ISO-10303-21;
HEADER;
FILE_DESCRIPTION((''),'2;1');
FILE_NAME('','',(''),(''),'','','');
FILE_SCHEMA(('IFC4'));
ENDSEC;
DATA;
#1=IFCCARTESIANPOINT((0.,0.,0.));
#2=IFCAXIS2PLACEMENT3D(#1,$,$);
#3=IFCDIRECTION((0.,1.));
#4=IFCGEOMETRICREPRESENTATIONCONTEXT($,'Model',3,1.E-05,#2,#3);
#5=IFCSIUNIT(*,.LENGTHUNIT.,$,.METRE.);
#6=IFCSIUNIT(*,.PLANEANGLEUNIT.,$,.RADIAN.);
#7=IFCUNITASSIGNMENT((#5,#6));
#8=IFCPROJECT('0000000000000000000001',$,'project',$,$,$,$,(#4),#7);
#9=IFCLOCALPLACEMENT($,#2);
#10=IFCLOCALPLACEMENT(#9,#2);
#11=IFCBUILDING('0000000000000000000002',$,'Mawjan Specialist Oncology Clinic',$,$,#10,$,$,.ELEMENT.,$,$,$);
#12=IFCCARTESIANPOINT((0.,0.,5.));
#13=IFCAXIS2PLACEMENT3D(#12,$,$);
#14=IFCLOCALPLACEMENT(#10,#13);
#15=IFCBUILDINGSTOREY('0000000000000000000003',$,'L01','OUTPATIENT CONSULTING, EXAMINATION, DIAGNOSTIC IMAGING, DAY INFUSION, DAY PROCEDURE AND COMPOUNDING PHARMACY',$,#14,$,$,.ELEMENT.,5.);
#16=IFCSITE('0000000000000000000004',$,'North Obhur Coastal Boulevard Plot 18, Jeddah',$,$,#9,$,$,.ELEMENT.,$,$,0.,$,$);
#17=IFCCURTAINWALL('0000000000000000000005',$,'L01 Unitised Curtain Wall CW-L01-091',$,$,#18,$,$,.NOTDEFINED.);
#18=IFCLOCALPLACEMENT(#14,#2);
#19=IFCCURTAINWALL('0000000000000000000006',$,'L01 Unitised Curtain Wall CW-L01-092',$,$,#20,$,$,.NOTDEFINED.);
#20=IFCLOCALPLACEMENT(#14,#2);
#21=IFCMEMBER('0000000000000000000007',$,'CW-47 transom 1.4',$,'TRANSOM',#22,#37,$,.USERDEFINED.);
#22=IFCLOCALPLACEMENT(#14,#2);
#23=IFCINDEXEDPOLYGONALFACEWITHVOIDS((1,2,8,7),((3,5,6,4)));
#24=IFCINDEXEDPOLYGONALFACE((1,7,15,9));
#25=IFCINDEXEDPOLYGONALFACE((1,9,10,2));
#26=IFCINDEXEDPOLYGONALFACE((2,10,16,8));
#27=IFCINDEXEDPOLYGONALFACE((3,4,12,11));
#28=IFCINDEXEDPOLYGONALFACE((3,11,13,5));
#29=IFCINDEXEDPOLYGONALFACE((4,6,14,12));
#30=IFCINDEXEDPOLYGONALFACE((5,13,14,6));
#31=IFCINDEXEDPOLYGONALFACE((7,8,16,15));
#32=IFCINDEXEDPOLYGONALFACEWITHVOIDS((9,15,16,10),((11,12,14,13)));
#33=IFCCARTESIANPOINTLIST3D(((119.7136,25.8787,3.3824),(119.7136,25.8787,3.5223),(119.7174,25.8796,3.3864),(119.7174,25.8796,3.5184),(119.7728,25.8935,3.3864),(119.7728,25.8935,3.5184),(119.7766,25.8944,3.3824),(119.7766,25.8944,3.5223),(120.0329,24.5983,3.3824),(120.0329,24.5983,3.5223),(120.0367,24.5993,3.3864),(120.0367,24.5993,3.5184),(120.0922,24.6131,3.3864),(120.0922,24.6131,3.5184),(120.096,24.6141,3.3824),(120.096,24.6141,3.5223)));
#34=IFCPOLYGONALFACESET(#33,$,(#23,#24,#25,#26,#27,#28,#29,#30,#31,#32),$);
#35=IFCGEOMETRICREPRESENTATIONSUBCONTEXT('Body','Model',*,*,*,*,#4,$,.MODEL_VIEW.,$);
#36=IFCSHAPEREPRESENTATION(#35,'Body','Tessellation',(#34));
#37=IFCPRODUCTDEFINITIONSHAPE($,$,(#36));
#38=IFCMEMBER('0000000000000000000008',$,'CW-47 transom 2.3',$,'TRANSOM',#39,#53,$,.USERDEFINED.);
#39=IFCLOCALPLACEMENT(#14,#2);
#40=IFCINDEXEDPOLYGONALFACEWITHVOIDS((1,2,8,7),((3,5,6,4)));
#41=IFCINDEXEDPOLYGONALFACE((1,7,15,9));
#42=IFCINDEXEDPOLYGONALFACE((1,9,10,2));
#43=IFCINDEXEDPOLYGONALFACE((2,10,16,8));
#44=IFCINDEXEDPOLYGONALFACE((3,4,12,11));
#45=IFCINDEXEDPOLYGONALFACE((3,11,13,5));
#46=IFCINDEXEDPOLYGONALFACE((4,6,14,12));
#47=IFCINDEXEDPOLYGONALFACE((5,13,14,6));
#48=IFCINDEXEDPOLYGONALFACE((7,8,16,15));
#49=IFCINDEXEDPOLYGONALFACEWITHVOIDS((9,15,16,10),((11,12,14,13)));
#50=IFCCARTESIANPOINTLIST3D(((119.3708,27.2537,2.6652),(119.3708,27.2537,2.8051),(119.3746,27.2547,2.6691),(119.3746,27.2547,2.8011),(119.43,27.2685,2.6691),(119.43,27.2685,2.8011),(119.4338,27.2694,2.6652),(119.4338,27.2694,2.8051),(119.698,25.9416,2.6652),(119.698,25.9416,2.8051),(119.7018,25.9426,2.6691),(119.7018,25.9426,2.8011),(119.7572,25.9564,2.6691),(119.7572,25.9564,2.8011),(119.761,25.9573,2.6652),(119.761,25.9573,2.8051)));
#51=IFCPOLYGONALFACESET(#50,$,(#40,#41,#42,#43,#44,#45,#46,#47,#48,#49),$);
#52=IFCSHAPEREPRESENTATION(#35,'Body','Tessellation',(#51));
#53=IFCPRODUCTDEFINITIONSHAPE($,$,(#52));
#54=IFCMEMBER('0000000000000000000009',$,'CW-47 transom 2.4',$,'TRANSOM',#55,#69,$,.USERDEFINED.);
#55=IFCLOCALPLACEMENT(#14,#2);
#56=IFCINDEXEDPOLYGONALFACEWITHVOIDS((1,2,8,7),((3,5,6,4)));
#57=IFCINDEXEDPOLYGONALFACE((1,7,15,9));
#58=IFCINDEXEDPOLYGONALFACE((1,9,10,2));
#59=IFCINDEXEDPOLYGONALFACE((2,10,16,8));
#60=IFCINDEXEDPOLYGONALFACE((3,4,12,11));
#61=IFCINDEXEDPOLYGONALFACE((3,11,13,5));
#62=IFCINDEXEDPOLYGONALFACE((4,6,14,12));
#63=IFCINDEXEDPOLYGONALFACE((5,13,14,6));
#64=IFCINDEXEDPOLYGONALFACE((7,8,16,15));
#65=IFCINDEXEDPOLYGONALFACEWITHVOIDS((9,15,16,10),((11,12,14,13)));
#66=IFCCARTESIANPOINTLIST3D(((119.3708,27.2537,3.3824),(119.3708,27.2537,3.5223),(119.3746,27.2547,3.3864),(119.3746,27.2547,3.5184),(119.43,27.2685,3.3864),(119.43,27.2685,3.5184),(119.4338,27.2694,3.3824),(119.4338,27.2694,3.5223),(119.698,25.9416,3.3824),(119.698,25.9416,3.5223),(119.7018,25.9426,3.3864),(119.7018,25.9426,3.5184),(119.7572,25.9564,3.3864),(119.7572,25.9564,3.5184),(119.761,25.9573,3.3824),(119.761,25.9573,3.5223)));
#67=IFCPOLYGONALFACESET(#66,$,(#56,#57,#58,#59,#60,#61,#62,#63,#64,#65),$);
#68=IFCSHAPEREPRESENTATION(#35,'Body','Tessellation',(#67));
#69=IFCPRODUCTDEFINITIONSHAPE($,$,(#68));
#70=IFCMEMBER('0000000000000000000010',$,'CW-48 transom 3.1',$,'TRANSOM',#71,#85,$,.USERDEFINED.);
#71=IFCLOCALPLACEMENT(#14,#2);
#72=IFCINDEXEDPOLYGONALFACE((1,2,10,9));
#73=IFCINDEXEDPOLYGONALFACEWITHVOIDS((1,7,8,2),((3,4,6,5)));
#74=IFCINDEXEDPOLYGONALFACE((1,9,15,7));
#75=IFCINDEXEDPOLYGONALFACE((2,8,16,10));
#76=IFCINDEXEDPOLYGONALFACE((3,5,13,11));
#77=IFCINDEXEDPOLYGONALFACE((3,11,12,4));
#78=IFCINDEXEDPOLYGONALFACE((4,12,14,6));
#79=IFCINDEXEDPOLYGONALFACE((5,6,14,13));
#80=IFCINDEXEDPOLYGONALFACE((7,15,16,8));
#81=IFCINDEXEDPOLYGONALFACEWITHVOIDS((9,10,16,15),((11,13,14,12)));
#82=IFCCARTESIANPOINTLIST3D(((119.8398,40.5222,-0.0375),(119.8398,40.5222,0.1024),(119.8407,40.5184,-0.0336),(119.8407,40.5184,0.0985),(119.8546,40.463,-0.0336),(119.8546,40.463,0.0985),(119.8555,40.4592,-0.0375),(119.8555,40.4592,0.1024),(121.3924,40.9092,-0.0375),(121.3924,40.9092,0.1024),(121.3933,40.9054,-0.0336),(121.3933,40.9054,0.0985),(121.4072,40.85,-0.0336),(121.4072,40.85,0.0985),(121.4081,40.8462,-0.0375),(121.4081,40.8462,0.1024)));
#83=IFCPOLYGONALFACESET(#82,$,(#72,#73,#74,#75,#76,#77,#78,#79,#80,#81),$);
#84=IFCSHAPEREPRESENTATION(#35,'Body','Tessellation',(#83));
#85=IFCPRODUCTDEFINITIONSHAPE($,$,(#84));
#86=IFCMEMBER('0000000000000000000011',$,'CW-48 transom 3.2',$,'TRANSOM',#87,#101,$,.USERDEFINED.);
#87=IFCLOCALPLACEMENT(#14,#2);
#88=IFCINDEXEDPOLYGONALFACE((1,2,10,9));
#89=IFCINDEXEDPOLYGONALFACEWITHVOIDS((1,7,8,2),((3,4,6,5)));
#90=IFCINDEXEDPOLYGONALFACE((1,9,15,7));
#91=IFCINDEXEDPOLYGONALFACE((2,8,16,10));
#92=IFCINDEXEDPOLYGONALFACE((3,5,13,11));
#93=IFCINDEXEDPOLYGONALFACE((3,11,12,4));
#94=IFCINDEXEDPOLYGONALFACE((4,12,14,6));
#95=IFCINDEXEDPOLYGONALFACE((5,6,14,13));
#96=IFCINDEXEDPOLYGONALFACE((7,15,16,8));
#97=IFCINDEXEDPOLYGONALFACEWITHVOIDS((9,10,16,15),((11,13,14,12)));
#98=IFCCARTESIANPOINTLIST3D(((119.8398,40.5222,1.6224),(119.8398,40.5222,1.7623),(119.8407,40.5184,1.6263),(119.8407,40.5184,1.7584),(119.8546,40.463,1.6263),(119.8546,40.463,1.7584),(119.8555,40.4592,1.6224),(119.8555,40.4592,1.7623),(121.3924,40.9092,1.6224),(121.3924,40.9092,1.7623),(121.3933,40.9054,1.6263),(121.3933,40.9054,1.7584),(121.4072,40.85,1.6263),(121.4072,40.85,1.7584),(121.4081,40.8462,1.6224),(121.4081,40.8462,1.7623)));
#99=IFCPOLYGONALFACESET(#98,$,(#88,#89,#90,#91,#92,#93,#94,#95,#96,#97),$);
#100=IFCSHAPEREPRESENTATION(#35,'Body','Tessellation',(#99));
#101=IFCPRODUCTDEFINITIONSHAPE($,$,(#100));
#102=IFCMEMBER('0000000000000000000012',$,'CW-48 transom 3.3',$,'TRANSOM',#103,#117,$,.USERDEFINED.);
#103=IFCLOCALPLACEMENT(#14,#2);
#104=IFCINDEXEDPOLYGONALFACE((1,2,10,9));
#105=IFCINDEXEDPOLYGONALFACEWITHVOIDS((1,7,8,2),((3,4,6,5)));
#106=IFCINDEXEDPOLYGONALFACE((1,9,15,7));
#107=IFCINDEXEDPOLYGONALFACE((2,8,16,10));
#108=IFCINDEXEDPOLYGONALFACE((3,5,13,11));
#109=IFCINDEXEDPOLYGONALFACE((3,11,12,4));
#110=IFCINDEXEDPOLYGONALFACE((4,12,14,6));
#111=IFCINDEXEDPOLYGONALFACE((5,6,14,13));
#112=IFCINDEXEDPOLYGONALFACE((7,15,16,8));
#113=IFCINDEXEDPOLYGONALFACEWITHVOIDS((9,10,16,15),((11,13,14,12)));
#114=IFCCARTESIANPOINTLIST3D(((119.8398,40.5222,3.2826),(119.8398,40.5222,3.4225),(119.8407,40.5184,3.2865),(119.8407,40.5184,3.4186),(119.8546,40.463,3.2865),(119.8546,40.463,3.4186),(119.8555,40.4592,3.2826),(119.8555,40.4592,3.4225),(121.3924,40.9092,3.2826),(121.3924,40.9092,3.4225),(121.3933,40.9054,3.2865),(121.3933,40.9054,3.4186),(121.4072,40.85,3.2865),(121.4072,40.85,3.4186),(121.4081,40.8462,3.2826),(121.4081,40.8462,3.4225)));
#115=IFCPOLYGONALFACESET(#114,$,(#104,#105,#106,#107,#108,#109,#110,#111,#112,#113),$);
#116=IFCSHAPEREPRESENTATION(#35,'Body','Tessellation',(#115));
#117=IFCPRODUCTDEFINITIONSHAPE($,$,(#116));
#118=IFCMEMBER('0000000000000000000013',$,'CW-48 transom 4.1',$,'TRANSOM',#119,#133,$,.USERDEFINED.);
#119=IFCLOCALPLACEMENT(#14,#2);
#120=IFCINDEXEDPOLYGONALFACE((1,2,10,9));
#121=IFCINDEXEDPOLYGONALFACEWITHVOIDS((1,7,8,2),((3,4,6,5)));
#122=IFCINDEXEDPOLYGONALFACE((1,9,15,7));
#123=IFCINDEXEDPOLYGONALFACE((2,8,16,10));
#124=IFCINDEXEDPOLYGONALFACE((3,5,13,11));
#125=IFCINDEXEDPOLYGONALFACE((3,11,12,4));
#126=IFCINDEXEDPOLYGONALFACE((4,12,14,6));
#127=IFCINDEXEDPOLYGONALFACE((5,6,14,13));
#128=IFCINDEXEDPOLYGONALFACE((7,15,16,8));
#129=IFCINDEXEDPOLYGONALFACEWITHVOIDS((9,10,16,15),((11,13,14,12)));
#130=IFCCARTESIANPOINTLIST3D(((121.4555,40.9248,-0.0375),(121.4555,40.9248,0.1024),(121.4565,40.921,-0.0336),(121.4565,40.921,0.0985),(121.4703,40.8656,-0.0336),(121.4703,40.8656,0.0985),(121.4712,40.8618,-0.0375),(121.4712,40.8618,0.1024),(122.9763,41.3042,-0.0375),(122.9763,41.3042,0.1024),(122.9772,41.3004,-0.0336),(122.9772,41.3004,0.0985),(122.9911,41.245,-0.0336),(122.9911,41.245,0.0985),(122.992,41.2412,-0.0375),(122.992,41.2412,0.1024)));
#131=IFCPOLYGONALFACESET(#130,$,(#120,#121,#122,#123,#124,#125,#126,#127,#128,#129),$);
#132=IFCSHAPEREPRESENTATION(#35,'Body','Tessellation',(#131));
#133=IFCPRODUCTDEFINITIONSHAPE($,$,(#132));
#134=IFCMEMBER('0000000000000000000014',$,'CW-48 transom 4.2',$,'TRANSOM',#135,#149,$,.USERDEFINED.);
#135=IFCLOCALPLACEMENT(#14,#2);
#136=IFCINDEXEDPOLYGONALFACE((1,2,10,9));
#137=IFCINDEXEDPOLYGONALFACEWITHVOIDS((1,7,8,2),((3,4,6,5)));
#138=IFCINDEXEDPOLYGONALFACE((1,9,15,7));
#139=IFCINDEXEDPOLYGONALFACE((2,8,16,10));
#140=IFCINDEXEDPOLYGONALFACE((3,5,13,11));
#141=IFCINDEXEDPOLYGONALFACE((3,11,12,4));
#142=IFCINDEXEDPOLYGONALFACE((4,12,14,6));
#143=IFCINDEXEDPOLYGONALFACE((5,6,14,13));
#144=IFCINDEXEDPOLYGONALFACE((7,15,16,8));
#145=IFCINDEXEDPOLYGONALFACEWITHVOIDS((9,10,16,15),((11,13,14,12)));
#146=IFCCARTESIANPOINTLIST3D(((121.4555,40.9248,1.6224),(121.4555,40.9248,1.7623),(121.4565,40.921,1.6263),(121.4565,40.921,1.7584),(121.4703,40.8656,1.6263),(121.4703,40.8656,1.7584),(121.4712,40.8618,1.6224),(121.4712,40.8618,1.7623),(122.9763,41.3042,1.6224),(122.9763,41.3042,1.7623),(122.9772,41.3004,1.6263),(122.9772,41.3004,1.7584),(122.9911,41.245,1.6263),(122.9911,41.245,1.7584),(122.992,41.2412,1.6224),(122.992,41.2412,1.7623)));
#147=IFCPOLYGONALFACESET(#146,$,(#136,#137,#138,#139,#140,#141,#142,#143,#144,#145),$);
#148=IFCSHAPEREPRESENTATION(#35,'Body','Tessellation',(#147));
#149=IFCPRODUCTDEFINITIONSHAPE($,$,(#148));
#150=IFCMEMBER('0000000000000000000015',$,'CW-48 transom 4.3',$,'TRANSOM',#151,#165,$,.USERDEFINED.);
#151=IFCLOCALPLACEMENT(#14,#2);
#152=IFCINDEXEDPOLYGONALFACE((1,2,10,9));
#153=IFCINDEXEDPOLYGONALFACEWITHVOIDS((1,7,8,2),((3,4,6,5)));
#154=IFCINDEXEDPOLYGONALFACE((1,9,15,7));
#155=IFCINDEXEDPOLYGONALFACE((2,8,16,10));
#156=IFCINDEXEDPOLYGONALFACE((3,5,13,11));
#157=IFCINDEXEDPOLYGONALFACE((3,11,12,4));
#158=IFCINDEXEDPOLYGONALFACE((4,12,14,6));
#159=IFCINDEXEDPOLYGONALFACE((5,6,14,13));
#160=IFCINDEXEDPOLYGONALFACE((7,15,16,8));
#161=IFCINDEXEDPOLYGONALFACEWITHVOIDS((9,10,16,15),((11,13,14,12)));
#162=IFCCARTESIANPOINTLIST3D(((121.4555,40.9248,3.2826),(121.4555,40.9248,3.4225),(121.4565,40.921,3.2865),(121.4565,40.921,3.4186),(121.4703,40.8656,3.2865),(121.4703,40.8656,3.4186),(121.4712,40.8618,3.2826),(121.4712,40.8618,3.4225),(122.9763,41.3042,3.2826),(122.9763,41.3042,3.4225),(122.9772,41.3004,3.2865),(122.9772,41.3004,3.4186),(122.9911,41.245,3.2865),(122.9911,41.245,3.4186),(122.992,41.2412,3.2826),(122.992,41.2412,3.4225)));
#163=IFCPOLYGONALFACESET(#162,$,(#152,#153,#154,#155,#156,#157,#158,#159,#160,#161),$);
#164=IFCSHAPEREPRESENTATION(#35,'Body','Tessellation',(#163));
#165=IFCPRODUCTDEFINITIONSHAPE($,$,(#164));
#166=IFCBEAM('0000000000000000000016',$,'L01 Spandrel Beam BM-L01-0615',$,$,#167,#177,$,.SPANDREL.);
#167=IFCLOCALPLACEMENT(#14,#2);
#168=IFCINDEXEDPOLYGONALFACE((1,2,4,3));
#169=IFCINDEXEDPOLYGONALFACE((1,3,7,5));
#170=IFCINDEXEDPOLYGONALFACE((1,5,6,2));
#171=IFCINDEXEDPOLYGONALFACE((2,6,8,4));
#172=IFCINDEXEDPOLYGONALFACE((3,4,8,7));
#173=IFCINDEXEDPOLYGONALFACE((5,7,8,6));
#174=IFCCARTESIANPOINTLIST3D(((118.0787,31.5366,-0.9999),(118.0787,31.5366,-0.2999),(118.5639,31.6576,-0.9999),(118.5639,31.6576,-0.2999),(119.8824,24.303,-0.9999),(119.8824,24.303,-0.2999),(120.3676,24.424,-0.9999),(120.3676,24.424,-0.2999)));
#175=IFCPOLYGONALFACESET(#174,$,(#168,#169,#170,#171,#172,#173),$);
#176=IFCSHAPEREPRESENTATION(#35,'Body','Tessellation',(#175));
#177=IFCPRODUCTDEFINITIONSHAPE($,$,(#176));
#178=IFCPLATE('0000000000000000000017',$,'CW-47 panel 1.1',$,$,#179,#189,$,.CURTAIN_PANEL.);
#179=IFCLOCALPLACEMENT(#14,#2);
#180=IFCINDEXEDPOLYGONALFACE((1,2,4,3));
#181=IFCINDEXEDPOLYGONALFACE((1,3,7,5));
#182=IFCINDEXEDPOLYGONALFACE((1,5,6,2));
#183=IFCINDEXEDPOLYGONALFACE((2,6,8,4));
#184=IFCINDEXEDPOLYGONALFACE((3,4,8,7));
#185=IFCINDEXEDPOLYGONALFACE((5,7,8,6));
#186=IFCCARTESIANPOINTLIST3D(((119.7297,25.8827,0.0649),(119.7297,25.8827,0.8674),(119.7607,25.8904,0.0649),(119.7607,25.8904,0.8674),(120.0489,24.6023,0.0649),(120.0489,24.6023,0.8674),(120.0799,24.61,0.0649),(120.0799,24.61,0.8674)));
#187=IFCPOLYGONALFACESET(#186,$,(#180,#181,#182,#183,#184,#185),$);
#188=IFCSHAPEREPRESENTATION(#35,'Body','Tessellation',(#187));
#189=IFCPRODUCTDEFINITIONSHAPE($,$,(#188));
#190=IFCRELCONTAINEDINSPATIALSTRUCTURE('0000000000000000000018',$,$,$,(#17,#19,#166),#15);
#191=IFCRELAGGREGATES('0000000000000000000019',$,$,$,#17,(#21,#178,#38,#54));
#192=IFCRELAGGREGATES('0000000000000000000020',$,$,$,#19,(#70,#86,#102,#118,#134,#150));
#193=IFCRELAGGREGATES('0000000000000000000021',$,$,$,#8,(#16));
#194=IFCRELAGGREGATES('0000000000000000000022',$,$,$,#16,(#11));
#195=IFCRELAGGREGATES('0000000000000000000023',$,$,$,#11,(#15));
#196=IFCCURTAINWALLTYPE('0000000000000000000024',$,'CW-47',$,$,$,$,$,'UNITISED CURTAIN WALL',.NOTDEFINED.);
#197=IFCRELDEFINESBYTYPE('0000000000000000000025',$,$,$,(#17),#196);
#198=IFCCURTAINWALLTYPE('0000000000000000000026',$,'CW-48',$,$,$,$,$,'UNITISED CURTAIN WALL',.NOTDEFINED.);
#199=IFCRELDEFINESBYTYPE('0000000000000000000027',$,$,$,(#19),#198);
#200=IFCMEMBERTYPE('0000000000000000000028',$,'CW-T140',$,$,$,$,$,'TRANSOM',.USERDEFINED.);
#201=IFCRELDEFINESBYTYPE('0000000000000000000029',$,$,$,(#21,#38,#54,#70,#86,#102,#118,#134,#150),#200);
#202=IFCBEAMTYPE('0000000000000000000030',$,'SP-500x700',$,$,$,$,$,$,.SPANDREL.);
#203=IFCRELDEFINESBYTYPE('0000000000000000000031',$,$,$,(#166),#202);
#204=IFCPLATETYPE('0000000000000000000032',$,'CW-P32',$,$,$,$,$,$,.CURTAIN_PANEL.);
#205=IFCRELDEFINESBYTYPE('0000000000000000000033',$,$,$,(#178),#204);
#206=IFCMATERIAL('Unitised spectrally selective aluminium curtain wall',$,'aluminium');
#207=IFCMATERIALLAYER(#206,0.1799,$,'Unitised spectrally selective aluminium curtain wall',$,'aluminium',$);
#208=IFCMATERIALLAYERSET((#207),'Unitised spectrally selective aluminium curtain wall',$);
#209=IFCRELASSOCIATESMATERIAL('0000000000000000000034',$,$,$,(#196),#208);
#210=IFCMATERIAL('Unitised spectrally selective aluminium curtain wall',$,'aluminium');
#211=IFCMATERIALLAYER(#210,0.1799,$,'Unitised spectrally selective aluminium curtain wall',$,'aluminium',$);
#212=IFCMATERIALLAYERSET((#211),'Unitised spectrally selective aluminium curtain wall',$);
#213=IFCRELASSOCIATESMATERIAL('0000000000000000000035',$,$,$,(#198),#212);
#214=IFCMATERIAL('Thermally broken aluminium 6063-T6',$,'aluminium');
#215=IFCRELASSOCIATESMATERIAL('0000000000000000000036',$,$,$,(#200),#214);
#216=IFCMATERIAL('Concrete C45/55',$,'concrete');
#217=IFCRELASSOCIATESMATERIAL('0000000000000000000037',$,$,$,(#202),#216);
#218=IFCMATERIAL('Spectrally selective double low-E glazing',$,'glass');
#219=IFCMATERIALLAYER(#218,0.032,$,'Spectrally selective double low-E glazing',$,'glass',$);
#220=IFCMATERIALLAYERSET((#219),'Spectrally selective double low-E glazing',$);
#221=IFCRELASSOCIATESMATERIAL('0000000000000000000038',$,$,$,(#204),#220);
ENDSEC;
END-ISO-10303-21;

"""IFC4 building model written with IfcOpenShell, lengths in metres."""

from ifc_helpers import new_model, si_unit, direction, frame, origin, origin_2d, place, context, subcontext, project, spatial, rectangle, hollow_rectangle, extrude, material, layer, layer_set, material_profile, profile_set, type_object, element, aggregate, save


model = new_model("IFC4")

# Units and contexts
model_context = context("Model", 3, precision=1e-05, world=origin(), true_north=direction((0.0, 1.0)))
body_context = subcontext(model_context, "Body", "Model", "MODEL_VIEW")
ifc_project = project(units=[si_unit("LENGTHUNIT", "METRE"), si_unit("PLANEANGLEUNIT", "RADIAN")], contexts=[model_context])

# Site, building, storey
site_placement = place(None, origin())
site = spatial("IfcSite", under=ifc_project, at=site_placement, Name="North Obhur Coastal Boulevard Plot 18, Jeddah", CompositionType="ELEMENT", RefElevation=0.0)
building_placement = place(site_placement, origin())
building = spatial("IfcBuilding", under=site, at=building_placement, Name="Mawjan Specialist Oncology Clinic", CompositionType="ELEMENT")
storey_placement = place(building_placement, frame((0.0, 0.0, 5.0)))
storey = spatial("IfcBuildingStorey", under=building, at=storey_placement, Name="L01", Description="OUTPATIENT CONSULTING, EXAMINATION, DIAGNOSTIC IMAGING, DAY INFUSION, DAY PROCEDURE AND COMPOUNDING PHARMACY", CompositionType="ELEMENT", Elevation=5.0)

# Curtain walls
ifc_material_1 = material(Name="Unitised spectrally selective aluminium curtain wall", Category="aluminium")
ifc_layer_1 = layer(ifc_material_1, 0.1799, Name="Unitised spectrally selective aluminium curtain wall", Category="aluminium")
ifc_layer_set_1 = layer_set([ifc_layer_1], Name="Unitised spectrally selective aluminium curtain wall")
curtain_wall_type_1 = type_object("IfcCurtainWallType", Name="CW-47", ElementType="UNITISED CURTAIN WALL", PredefinedType="NOTDEFINED", material=ifc_layer_set_1)
curtain_wall_1_placement = place(storey_placement, origin())
curtain_wall_1 = element("IfcCurtainWall", 1, at=curtain_wall_1_placement, inside=storey, type_object=curtain_wall_type_1, Name="L01 Unitised Curtain Wall CW-L01-091", PredefinedType="NOTDEFINED")
ifc_material_2 = material(Name="Unitised spectrally selective aluminium curtain wall", Category="aluminium")
ifc_layer_2 = layer(ifc_material_2, 0.1799, Name="Unitised spectrally selective aluminium curtain wall", Category="aluminium")
ifc_layer_set_2 = layer_set([ifc_layer_2], Name="Unitised spectrally selective aluminium curtain wall")
curtain_wall_type_2 = type_object("IfcCurtainWallType", Name="CW-48", ElementType="UNITISED CURTAIN WALL", PredefinedType="NOTDEFINED", material=ifc_layer_set_2)
curtain_wall_2_placement = place(storey_placement, origin())
curtain_wall_2 = element("IfcCurtainWall", 2, at=curtain_wall_2_placement, inside=storey, type_object=curtain_wall_type_2, Name="L01 Unitised Curtain Wall CW-L01-092", PredefinedType="NOTDEFINED")

# Members
ifc_material_3 = material(Name="Thermally broken aluminium 6063-T6", Category="aluminium")
ifc_material_profile_1 = material_profile(ifc_material_3, hollow_rectangle(XDim=0.0649, YDim=0.1399, WallThickness=0.0039, at=origin_2d()), Name="ALU TRANSOM 140x65x4", Category="aluminium")
ifc_profile_set_1 = profile_set([ifc_material_profile_1], Name="Thermally broken aluminium 6063-T6")
member_type_1 = type_object("IfcMemberType", Name="CW-T140", ElementType="TRANSOM", PredefinedType="USERDEFINED", material=ifc_profile_set_1)
member_1_placement = place(storey_placement, frame((120.0645, 24.6062, 3.4524), z_axis=(-0.242013, 0.970273, 0.0), x_axis=(-0.970273, -0.242013, 0.0)))
member_1 = element("IfcMember", 3, at=member_1_placement, type_object=member_type_1, Name="CW-47 transom 1.4", ObjectType="TRANSOM", PredefinedType="USERDEFINED", context=body_context, shape_type="SweptSolid", body=[
    extrude(hollow_rectangle(XDim=0.0649, YDim=0.1399, WallThickness=0.0039, at=origin_2d()), origin(), (0.0, 0.0, 1.0), 1.3196),
])
member_2_placement = place(storey_placement, frame((119.7295, 25.9495, 2.7351), z_axis=(-0.241941, 0.970291, 0.0), x_axis=(-0.970291, -0.241941, 0.0)))
member_2 = element("IfcMember", 4, at=member_2_placement, type_object=member_type_1, Name="CW-47 transom 2.3", ObjectType="TRANSOM", PredefinedType="USERDEFINED", context=body_context, shape_type="SweptSolid", body=[
    extrude(hollow_rectangle(XDim=0.0649, YDim=0.1399, WallThickness=0.0039, at=origin_2d()), origin(), (0.0, 0.0, 1.0), 1.3523),
])
member_3_placement = place(storey_placement, frame((119.7295, 25.9495, 3.4524), z_axis=(-0.241941, 0.970291, 0.0), x_axis=(-0.970291, -0.241941, 0.0)))
member_3 = element("IfcMember", 5, at=member_3_placement, type_object=member_type_1, Name="CW-47 transom 2.4", ObjectType="TRANSOM", PredefinedType="USERDEFINED", context=body_context, shape_type="SweptSolid", body=[
    extrude(hollow_rectangle(XDim=0.0649, YDim=0.1399, WallThickness=0.0039, at=origin_2d()), origin(), (0.0, 0.0, 1.0), 1.3523),
])
member_4_placement = place(storey_placement, frame((119.8477, 40.4907, 0.0325), z_axis=(0.970313, 0.241853, 0.0), x_axis=(-0.241853, 0.970313, 0.0)))
member_4 = element("IfcMember", 6, at=member_4_placement, type_object=member_type_1, Name="CW-48 transom 3.1", ObjectType="TRANSOM", PredefinedType="USERDEFINED", context=body_context, shape_type="SweptSolid", body=[
    extrude(hollow_rectangle(XDim=0.0649, YDim=0.1399, WallThickness=0.0039, at=origin_2d()), origin(), (0.0, 0.0, 1.0), 1.6001),
])
member_5_placement = place(storey_placement, frame((119.8477, 40.4907, 1.6924), z_axis=(0.970313, 0.241853, 0.0), x_axis=(-0.241853, 0.970313, 0.0)))
member_5 = element("IfcMember", 7, at=member_5_placement, type_object=member_type_1, Name="CW-48 transom 3.2", ObjectType="TRANSOM", PredefinedType="USERDEFINED", context=body_context, shape_type="SweptSolid", body=[
    extrude(hollow_rectangle(XDim=0.0649, YDim=0.1399, WallThickness=0.0039, at=origin_2d()), origin(), (0.0, 0.0, 1.0), 1.6001),
])
member_6_placement = place(storey_placement, frame((119.8477, 40.4907, 3.3525), z_axis=(0.970313, 0.241853, 0.0), x_axis=(-0.241853, 0.970313, 0.0)))
member_6 = element("IfcMember", 8, at=member_6_placement, type_object=member_type_1, Name="CW-48 transom 3.3", ObjectType="TRANSOM", PredefinedType="USERDEFINED", context=body_context, shape_type="SweptSolid", body=[
    extrude(hollow_rectangle(XDim=0.0649, YDim=0.1399, WallThickness=0.0039, at=origin_2d()), origin(), (0.0, 0.0, 1.0), 1.6001),
])
member_7_placement = place(storey_placement, frame((121.4634, 40.8933, 0.0325), z_axis=(0.970261, 0.242059, 0.0), x_axis=(-0.242059, 0.970261, 0.0)))
member_7 = element("IfcMember", 9, at=member_7_placement, type_object=member_type_1, Name="CW-48 transom 4.1", ObjectType="TRANSOM", PredefinedType="USERDEFINED", context=body_context, shape_type="SweptSolid", body=[
    extrude(hollow_rectangle(XDim=0.0649, YDim=0.1399, WallThickness=0.0039, at=origin_2d()), origin(), (0.0, 0.0, 1.0), 1.5674),
])
member_8_placement = place(storey_placement, frame((121.4634, 40.8933, 1.6924), z_axis=(0.970261, 0.242059, 0.0), x_axis=(-0.242059, 0.970261, 0.0)))
member_8 = element("IfcMember", 10, at=member_8_placement, type_object=member_type_1, Name="CW-48 transom 4.2", ObjectType="TRANSOM", PredefinedType="USERDEFINED", context=body_context, shape_type="SweptSolid", body=[
    extrude(hollow_rectangle(XDim=0.0649, YDim=0.1399, WallThickness=0.0039, at=origin_2d()), origin(), (0.0, 0.0, 1.0), 1.5674),
])
member_9_placement = place(storey_placement, frame((121.4634, 40.8933, 3.3525), z_axis=(0.970261, 0.242059, 0.0), x_axis=(-0.242059, 0.970261, 0.0)))
member_9 = element("IfcMember", 11, at=member_9_placement, type_object=member_type_1, Name="CW-48 transom 4.3", ObjectType="TRANSOM", PredefinedType="USERDEFINED", context=body_context, shape_type="SweptSolid", body=[
    extrude(hollow_rectangle(XDim=0.0649, YDim=0.1399, WallThickness=0.0039, at=origin_2d()), origin(), (0.0, 0.0, 1.0), 1.5674),
])

# Beam
ifc_material_4 = material(Name="Concrete C45/55", Category="concrete")
ifc_material_profile_2 = material_profile(ifc_material_4, rectangle(XDim=0.5, YDim=0.7, at=origin_2d()), Name="RC BM 500x700", Category="concrete")
ifc_profile_set_2 = profile_set([ifc_material_profile_2], Name="Concrete C45/55")
beam_type_1 = type_object("IfcBeamType", Name="SP-500x700", PredefinedType="SPANDREL", material=ifc_profile_set_2)
beam_1_placement = place(storey_placement, frame((120.125, 24.3635, -0.6499), z_axis=(-0.241942, 0.970291, 0.0), x_axis=(-0.970291, -0.241942, 0.0)))
element("IfcBeam", 12, at=beam_1_placement, inside=storey, type_object=beam_type_1, Name="L01 Spandrel Beam BM-L01-0615", PredefinedType="SPANDREL", context=body_context, shape_type="SweptSolid", body=[
    extrude(rectangle(XDim=0.5, YDim=0.7, at=origin_2d()), origin(), (0.0, 0.0, 1.0), 7.4551),
])

# Plate
ifc_material_5 = material(Name="Spectrally selective double low-E glazing", Category="glass")
ifc_layer_3 = layer(ifc_material_5, 0.032, Name="Spectrally selective double low-E glazing", Category="glass")
ifc_layer_set_3 = layer_set([ifc_layer_3], Name="Spectrally selective double low-E glazing")
plate_type = type_object("IfcPlateType", Name="CW-P32", PredefinedType="CURTAIN_PANEL", material=ifc_layer_set_3)
plate_1_placement = place(storey_placement, frame((119.9048, 25.2463, 0.0649), z_axis=(0.0, 0.0, 1.0), x_axis=(-0.241922, 0.970296, 0.0)))
plate_1 = element("IfcPlate", 13, at=plate_1_placement, type_object=plate_type, Name="CW-47 panel 1.1", PredefinedType="CURTAIN_PANEL", context=body_context, shape_type="SweptSolid", body=[
    extrude(rectangle(XDim=1.3196, YDim=0.032, at=origin_2d()), origin(), (0.0, 0.0, 1.0), 0.8025),
])
aggregate(curtain_wall_1, [member_1, plate_1, member_2, member_3])
aggregate(curtain_wall_2, [member_4, member_5, member_6, member_7, member_8, member_9])

save(model, "model.ifc")
